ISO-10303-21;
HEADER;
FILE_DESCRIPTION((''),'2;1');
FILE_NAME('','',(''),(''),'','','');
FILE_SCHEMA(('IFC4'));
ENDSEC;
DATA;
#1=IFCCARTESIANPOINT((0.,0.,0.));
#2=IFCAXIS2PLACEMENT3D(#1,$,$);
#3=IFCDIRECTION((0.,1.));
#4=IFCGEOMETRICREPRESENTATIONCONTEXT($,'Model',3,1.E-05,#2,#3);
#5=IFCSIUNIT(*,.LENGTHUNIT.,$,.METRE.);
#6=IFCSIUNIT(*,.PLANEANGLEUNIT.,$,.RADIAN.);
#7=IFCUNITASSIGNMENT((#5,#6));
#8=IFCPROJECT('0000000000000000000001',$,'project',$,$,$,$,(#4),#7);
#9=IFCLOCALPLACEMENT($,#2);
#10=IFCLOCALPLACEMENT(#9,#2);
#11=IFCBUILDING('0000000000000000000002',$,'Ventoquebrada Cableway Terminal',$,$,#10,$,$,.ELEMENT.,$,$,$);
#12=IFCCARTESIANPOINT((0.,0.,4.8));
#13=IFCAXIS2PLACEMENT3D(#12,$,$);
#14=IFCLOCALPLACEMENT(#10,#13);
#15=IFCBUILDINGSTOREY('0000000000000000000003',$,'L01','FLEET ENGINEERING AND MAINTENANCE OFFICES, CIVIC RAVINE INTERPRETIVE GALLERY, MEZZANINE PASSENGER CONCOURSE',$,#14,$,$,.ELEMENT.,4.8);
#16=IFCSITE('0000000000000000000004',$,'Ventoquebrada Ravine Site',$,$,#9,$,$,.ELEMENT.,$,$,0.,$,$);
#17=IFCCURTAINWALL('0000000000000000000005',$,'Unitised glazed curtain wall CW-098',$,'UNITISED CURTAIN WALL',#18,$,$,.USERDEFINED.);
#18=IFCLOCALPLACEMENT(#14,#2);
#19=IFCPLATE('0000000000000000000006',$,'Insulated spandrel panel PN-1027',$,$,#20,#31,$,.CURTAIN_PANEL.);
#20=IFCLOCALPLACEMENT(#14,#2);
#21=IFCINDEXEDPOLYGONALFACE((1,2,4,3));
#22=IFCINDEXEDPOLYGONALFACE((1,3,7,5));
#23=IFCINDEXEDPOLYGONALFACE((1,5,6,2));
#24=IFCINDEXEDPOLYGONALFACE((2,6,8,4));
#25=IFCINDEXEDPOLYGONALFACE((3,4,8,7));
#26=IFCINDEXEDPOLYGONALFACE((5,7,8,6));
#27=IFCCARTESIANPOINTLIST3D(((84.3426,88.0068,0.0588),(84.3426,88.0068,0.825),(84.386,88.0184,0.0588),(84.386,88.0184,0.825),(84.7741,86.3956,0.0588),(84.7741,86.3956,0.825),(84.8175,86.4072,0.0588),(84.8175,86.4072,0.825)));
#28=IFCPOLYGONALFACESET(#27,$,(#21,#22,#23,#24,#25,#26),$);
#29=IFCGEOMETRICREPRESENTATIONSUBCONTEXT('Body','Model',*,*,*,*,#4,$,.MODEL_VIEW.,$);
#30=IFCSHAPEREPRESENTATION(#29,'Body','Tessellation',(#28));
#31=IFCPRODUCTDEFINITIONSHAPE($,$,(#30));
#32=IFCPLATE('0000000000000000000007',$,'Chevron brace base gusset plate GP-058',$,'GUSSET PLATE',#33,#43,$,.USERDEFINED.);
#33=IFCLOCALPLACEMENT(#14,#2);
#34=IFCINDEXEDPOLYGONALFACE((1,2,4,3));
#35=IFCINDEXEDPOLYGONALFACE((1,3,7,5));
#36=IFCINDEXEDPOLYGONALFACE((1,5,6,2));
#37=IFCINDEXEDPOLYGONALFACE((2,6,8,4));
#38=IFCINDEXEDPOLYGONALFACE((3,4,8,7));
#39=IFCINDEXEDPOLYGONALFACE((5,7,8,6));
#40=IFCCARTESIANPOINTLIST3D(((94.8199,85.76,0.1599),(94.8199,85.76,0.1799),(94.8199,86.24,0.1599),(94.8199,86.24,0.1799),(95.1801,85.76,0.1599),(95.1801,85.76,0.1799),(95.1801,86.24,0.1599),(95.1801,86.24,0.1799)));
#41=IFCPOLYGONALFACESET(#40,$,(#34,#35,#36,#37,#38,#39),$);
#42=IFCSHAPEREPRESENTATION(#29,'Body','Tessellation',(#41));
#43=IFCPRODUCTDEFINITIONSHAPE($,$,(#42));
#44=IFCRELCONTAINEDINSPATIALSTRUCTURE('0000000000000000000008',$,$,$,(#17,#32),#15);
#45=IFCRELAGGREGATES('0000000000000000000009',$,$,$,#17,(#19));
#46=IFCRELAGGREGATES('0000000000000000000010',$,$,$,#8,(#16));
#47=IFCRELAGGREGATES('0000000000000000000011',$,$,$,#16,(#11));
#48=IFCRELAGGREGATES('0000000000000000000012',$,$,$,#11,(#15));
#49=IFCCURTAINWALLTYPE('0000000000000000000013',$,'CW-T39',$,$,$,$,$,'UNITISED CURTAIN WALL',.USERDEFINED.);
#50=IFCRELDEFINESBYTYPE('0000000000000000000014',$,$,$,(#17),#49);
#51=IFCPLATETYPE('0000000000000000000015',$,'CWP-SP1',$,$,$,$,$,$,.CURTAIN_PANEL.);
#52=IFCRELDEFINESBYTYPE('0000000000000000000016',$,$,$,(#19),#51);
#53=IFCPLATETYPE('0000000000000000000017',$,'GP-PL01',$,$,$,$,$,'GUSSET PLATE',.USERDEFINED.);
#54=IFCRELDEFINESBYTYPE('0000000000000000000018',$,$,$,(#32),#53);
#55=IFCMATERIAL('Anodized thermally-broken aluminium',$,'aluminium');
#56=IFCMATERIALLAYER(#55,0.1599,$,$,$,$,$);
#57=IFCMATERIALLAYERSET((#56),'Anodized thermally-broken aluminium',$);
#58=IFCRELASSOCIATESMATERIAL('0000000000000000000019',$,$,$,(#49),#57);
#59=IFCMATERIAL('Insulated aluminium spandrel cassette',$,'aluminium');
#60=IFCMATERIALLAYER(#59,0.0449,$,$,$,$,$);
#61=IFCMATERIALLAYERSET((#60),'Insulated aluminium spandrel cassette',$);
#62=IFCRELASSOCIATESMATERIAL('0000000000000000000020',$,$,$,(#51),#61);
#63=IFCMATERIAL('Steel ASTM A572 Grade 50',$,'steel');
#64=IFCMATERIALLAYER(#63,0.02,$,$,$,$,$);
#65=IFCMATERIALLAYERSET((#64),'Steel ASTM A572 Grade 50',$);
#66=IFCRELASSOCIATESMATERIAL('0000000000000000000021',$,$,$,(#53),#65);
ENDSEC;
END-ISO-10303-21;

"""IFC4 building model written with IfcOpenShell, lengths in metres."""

from ifc_helpers import new_model, si_unit, direction, frame, origin, origin_2d, place, context, subcontext, project, spatial, rectangle, extrude, material, layer, layer_set, type_object, element, aggregate, save


model = new_model("IFC4")

# Units and contexts
model_context = context("Model", 3, precision=1e-05, world=origin(), true_north=direction((0.0, 1.0)))
body_context = subcontext(model_context, "Body", "Model", "MODEL_VIEW")
ifc_project = project(units=[si_unit("LENGTHUNIT", "METRE"), si_unit("PLANEANGLEUNIT", "RADIAN")], contexts=[model_context])

# Site, building, storey
site_placement = place(None, origin())
site = spatial("IfcSite", under=ifc_project, at=site_placement, Name="Ventoquebrada Ravine Site", CompositionType="ELEMENT", RefElevation=0.0)
building_placement = place(site_placement, origin())
building = spatial("IfcBuilding", under=site, at=building_placement, Name="Ventoquebrada Cableway Terminal", CompositionType="ELEMENT")
storey_placement = place(building_placement, frame((0.0, 0.0, 4.8)))
storey = spatial("IfcBuildingStorey", under=building, at=storey_placement, Name="L01", Description="FLEET ENGINEERING AND MAINTENANCE OFFICES, CIVIC RAVINE INTERPRETIVE GALLERY, MEZZANINE PASSENGER CONCOURSE", CompositionType="ELEMENT", Elevation=4.8)

# Curtain wall
ifc_material_1 = material(Name="Anodized thermally-broken aluminium", Category="aluminium")
ifc_layer_1 = layer(ifc_material_1, 0.1599)
ifc_layer_set_1 = layer_set([ifc_layer_1], Name="Anodized thermally-broken aluminium")
curtain_wall_type_1 = type_object("IfcCurtainWallType", Name="CW-T39", ElementType="UNITISED CURTAIN WALL", PredefinedType="USERDEFINED", material=ifc_layer_set_1)
curtain_wall_1_placement = place(storey_placement, origin())
curtain_wall_1 = element("IfcCurtainWall", 1, at=curtain_wall_1_placement, inside=storey, type_object=curtain_wall_type_1, Name="Unitised glazed curtain wall CW-098", ObjectType="UNITISED CURTAIN WALL", PredefinedType="USERDEFINED")

# Plates
ifc_material_2 = material(Name="Insulated aluminium spandrel cassette", Category="aluminium")
ifc_layer_2 = layer(ifc_material_2, 0.0449)
ifc_layer_set_2 = layer_set([ifc_layer_2], Name="Insulated aluminium spandrel cassette")
plate_type_1 = type_object("IfcPlateType", Name="CWP-SP1", PredefinedType="CURTAIN_PANEL", material=ifc_layer_set_2)
plate_1_placement = place(storey_placement, frame((84.5801, 87.207, 0.0588), z_axis=(0.0, 0.0, 1.0), x_axis=(-0.258701, 0.965957, 0.0)))
plate_1 = element("IfcPlate", 2, at=plate_1_placement, type_object=plate_type_1, Name="Insulated spandrel panel PN-1027", PredefinedType="CURTAIN_PANEL", context=body_context, shape_type="SweptSolid", body=[
    extrude(rectangle(XDim=1.668, YDim=0.0449, at=origin_2d()), origin(), (0.0, 0.0, 1.0), 0.7661),
])
aggregate(curtain_wall_1, [plate_1])
ifc_material_3 = material(Name="Steel ASTM A572 Grade 50", Category="steel")
ifc_layer_3 = layer(ifc_material_3, 0.02)
ifc_layer_set_3 = layer_set([ifc_layer_3], Name="Steel ASTM A572 Grade 50")
plate_type_2 = type_object("IfcPlateType", Name="GP-PL01", ElementType="GUSSET PLATE", PredefinedType="USERDEFINED", material=ifc_layer_set_3)
plate_2_placement = place(storey_placement, frame((95.0, 86.0, 0.1599), z_axis=(0.0, 0.0, 1.0), x_axis=(0.0, 1.0, 0.0)))
element("IfcPlate", 3, at=plate_2_placement, inside=storey, type_object=plate_type_2, Name="Chevron brace base gusset plate GP-058", ObjectType="GUSSET PLATE", PredefinedType="USERDEFINED", context=body_context, shape_type="SweptSolid", body=[
    extrude(rectangle(XDim=0.48, YDim=0.3601, at=origin_2d()), origin(), (0.0, 0.0, 1.0), 0.02),
])

save(model, "model.ifc")
